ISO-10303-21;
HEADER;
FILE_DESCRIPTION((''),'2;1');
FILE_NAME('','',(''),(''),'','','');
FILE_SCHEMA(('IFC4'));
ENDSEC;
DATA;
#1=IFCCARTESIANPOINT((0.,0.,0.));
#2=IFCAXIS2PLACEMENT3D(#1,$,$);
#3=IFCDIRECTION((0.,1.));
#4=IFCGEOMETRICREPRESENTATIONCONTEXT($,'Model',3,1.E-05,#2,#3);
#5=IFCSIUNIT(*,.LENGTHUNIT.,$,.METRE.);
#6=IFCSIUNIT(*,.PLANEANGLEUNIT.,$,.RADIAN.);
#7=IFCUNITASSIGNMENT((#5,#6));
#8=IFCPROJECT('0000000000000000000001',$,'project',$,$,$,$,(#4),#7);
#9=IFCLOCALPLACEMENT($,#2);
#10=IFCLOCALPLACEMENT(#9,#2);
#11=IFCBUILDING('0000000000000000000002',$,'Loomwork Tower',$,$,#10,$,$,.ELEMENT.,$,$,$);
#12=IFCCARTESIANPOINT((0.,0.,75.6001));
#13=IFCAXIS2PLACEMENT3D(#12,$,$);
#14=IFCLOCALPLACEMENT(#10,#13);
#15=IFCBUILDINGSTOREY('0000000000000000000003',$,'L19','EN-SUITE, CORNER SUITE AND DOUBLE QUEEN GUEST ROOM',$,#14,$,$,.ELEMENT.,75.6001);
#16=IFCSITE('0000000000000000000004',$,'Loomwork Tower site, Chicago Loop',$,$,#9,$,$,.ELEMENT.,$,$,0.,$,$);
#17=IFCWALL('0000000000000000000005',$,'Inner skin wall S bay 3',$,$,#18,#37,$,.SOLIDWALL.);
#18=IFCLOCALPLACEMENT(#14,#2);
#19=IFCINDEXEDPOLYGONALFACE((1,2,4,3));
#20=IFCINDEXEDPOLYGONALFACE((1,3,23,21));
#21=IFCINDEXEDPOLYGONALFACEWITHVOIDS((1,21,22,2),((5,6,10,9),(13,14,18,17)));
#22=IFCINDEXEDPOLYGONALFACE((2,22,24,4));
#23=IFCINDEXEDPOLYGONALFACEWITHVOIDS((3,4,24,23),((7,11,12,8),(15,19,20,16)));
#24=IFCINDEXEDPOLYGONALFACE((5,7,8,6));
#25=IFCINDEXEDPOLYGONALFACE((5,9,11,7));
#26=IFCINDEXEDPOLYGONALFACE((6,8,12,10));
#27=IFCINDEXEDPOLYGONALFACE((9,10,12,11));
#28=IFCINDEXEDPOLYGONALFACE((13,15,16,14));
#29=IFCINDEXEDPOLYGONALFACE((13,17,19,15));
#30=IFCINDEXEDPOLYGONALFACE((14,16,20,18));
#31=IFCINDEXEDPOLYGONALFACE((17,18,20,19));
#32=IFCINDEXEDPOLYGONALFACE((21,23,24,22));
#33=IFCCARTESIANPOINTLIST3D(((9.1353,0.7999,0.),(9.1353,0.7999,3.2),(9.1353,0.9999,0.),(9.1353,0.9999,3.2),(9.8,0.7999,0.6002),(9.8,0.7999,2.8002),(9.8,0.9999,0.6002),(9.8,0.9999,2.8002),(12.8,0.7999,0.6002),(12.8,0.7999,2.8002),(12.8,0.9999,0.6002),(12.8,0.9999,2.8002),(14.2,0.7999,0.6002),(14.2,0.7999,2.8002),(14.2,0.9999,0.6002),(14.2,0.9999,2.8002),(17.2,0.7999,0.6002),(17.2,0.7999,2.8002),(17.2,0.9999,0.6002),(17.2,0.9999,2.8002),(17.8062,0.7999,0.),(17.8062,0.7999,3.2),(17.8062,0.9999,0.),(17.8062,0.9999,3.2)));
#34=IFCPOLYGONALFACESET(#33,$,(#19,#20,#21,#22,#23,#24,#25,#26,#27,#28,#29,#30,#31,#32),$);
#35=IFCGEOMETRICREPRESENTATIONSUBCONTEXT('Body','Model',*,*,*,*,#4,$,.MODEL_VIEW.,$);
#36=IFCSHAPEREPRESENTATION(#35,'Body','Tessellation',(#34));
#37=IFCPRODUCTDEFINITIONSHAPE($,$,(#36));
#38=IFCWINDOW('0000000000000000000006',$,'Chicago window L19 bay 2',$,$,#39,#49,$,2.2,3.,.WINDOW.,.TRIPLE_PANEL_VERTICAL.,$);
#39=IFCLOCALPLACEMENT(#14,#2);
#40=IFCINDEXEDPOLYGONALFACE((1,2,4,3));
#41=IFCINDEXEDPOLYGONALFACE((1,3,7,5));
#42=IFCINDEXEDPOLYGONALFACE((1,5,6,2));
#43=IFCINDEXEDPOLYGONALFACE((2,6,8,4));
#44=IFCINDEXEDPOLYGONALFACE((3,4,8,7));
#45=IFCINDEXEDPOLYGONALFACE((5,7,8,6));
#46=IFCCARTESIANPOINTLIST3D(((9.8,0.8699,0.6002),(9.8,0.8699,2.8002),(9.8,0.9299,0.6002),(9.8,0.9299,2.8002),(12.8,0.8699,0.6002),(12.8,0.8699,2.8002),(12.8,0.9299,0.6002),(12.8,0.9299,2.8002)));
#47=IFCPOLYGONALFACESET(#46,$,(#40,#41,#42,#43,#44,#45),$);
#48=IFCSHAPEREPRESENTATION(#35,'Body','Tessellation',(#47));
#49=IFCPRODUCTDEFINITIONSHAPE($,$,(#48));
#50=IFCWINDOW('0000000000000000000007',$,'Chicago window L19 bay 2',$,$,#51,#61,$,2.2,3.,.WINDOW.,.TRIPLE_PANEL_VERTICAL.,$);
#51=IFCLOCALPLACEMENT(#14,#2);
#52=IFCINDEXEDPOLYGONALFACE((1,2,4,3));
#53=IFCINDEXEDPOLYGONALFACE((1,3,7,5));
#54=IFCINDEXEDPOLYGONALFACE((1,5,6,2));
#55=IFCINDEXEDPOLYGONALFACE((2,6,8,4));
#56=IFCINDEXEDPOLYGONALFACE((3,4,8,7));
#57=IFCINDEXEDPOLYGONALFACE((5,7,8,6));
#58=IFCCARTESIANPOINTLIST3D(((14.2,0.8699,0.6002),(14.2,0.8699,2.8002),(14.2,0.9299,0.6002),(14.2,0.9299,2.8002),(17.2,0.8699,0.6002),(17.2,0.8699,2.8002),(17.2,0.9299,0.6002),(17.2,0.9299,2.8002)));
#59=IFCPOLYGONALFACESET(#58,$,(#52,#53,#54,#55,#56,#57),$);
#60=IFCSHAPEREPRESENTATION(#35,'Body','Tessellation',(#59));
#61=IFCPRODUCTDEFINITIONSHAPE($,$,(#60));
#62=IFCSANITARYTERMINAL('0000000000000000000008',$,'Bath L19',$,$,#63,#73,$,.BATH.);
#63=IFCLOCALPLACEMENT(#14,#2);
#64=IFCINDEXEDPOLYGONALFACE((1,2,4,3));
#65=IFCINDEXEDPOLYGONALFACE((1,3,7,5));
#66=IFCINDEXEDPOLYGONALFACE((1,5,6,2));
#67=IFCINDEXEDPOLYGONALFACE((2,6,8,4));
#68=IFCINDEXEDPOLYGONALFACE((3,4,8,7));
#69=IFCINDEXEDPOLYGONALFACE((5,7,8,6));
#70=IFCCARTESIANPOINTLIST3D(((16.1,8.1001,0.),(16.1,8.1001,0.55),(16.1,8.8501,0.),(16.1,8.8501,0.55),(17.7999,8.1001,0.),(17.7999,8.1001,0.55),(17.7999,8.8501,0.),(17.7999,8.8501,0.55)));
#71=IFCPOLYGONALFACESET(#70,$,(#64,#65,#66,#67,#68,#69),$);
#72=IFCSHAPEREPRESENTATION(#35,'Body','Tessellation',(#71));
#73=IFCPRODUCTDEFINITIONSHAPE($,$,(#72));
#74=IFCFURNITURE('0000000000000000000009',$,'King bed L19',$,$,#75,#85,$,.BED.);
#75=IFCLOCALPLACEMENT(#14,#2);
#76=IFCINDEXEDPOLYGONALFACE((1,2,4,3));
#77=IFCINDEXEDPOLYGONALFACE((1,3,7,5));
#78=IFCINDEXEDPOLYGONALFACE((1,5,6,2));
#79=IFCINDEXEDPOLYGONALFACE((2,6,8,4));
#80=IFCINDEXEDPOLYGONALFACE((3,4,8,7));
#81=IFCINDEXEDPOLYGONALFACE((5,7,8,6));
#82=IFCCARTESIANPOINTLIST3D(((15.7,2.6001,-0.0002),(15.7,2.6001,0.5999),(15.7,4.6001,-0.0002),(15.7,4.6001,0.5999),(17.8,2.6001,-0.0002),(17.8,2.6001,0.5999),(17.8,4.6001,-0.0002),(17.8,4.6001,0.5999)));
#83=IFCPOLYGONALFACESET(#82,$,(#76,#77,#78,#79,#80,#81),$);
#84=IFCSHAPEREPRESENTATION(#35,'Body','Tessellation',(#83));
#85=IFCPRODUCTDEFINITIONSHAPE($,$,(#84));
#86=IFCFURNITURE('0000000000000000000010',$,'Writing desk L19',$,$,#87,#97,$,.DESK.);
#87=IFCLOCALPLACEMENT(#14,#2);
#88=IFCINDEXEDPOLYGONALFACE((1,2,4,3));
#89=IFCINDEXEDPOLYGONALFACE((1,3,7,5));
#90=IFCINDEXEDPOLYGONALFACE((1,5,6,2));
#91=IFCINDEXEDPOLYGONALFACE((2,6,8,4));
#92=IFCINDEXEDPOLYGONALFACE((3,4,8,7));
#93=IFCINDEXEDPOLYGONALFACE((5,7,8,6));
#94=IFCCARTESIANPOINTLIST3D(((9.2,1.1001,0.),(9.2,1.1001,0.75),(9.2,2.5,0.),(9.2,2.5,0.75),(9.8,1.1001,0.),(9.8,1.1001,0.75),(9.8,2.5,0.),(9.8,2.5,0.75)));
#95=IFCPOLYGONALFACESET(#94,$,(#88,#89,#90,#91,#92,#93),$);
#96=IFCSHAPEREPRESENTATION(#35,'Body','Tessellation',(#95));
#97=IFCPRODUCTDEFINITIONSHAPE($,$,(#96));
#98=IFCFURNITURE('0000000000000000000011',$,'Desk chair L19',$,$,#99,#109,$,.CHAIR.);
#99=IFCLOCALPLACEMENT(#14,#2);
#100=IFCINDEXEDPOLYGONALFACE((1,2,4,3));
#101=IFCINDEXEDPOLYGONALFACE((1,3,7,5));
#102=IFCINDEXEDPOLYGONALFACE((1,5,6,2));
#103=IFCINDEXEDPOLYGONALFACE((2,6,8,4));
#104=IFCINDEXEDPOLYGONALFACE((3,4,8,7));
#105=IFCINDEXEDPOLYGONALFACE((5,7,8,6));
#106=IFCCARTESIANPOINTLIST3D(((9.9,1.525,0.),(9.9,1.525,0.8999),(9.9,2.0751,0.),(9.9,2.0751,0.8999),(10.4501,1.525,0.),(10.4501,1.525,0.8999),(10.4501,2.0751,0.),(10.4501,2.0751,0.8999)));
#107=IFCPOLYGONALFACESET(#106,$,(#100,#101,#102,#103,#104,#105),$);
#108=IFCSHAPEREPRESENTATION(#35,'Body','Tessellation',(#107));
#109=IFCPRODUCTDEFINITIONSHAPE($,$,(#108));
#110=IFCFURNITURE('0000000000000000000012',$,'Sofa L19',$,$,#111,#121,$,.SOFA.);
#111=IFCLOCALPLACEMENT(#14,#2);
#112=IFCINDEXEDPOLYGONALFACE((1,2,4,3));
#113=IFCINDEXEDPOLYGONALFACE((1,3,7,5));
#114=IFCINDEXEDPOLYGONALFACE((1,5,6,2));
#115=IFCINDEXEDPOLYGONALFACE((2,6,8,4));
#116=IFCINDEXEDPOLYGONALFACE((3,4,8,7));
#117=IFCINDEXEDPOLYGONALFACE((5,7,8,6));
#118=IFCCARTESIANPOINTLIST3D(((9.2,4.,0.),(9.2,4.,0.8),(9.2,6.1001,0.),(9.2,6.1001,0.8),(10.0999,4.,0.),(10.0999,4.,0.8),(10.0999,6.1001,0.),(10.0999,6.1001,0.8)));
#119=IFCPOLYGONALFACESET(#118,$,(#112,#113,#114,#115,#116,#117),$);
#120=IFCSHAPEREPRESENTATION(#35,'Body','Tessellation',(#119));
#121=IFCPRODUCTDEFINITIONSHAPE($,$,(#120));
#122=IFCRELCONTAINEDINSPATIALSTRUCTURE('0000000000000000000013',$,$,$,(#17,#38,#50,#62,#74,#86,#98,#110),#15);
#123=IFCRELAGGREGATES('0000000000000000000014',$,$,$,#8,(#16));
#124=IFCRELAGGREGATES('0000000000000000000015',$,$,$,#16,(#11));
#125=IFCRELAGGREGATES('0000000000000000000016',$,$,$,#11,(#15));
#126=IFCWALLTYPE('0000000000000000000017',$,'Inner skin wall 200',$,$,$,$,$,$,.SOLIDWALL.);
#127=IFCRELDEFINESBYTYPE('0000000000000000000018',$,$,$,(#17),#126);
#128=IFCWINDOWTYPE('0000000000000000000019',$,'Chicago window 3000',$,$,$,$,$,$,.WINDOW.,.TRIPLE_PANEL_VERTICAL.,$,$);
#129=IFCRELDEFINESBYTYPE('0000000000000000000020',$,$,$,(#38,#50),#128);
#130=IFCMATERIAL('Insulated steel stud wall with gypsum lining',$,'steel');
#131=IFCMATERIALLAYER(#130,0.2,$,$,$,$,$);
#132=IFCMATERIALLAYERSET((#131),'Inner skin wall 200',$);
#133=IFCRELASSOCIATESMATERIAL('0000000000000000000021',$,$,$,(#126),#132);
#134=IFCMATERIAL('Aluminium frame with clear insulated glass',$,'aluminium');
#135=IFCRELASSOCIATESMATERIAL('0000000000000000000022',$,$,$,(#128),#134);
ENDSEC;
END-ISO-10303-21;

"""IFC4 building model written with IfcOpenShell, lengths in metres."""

from ifc_helpers import new_model, si_unit, direction, frame, frame_2d, origin, origin_2d, place, context, subcontext, project, spatial, rectangle, extrude, material, layer, layer_set, type_object, element, fill, save


model = new_model("IFC4")

# Units and contexts
model_context = context("Model", 3, precision=1e-05, world=origin(), true_north=direction((0.0, 1.0)))
body_context = subcontext(model_context, "Body", "Model", "MODEL_VIEW")
ifc_project = project(units=[si_unit("LENGTHUNIT", "METRE"), si_unit("PLANEANGLEUNIT", "RADIAN")], contexts=[model_context])

# Site, building, storey
site_placement = place(None, origin())
site = spatial("IfcSite", under=ifc_project, at=site_placement, Name="Loomwork Tower site, Chicago Loop", CompositionType="ELEMENT", RefElevation=0.0)
building_placement = place(site_placement, origin())
building = spatial("IfcBuilding", under=site, at=building_placement, Name="Loomwork Tower", CompositionType="ELEMENT")
storey_placement = place(building_placement, frame((0.0, 0.0, 75.6001)))
storey = spatial("IfcBuildingStorey", under=building, at=storey_placement, Name="L19", Description="EN-SUITE, CORNER SUITE AND DOUBLE QUEEN GUEST ROOM", CompositionType="ELEMENT", Elevation=75.6001)

# Wall, openings, windows
ifc_material_1 = material(Name="Insulated steel stud wall with gypsum lining", Category="steel")
ifc_layer_1 = layer(ifc_material_1, 0.2)
ifc_layer_set_1 = layer_set([ifc_layer_1], Name="Inner skin wall 200")
wall_type_1 = type_object("IfcWallType", Name="Inner skin wall 200", PredefinedType="SOLIDWALL", material=ifc_layer_set_1)
wall_1_placement = place(storey_placement, frame((9.1353, 0.8999, 0.0), z_axis=(0.0, 0.0, 1.0), x_axis=(1.0, 0.0, 0.0)))
wall_1 = element("IfcWall", 1, at=wall_1_placement, inside=storey, type_object=wall_type_1, Name="Inner skin wall S bay 3", PredefinedType="SOLIDWALL", context=body_context, shape_type="SweptSolid", body=[
    extrude(rectangle(XDim=8.6709, YDim=0.2, at=frame_2d((4.3354, 0.0))), origin(), (0.0, 0.0, 1.0), 3.2),
])
opening_1_placement = place(wall_1_placement, frame((0.6648, 0.0, 0.6001)))
opening_1 = element("IfcOpeningElement", 2, at=opening_1_placement, cuts=wall_1, PredefinedType="OPENING", context=body_context, shape_type="SweptSolid", body=[
    extrude(rectangle(XDim=3.0, YDim=2.2, at=frame_2d((1.5, 1.1001))), frame((0.0, 0.1099, 0.0), z_axis=(0.0, -1.0, 0.0), x_axis=(1.0, 0.0, 0.0)), (0.0, 0.0, 1.0), 0.22),
])
opening_2_placement = place(wall_1_placement, frame((5.0647, 0.0, 0.6001)))
opening_2 = element("IfcOpeningElement", 3, at=opening_2_placement, cuts=wall_1, PredefinedType="OPENING", context=body_context, shape_type="SweptSolid", body=[
    extrude(rectangle(XDim=3.0, YDim=2.2, at=frame_2d((1.5, 1.1001))), frame((0.0, 0.1099, 0.0), z_axis=(0.0, -1.0, 0.0), x_axis=(1.0, 0.0, 0.0)), (0.0, 0.0, 1.0), 0.22),
])
ifc_material_2 = material(Name="Aluminium frame with clear insulated glass", Category="aluminium")
window_type = type_object("IfcWindowType", Name="Chicago window 3000", PartitioningType="TRIPLE_PANEL_VERTICAL", PredefinedType="WINDOW", material=ifc_material_2)
window_1_placement = place(opening_1_placement, origin())
window_1 = element("IfcWindow", 4, at=window_1_placement, inside=storey, type_object=window_type, Name="Chicago window L19 bay 2", OverallHeight=2.2, OverallWidth=3.0, PartitioningType="TRIPLE_PANEL_VERTICAL", PredefinedType="WINDOW", context=body_context, shape_type="SweptSolid", body=[
    extrude(rectangle(XDim=3.0, YDim=2.2, at=frame_2d((1.5, 1.1001))), frame((0.0, 0.03, 0.0), z_axis=(0.0, -1.0, 0.0), x_axis=(1.0, 0.0, 0.0)), (0.0, 0.0, 1.0), 0.0601),
])
fill(opening_1, window_1)
window_2_placement = place(opening_2_placement, origin())
window_2 = element("IfcWindow", 5, at=window_2_placement, inside=storey, type_object=window_type, Name="Chicago window L19 bay 2", OverallHeight=2.2, OverallWidth=3.0, PartitioningType="TRIPLE_PANEL_VERTICAL", PredefinedType="WINDOW", context=body_context, shape_type="SweptSolid", body=[
    extrude(rectangle(XDim=3.0, YDim=2.2, at=frame_2d((1.5, 1.1001))), frame((0.0, 0.03, 0.0), z_axis=(0.0, -1.0, 0.0), x_axis=(1.0, 0.0, 0.0)), (0.0, 0.0, 1.0), 0.0601),
])
fill(opening_2, window_2)

# Sanitary terminal
sanitary_terminal_placement = place(storey_placement, frame((16.95, 8.4751, 0.0), z_axis=(0.0, 0.0, 1.0), x_axis=(1.0, 0.0, 0.0)))
element("IfcSanitaryTerminal", 6, at=sanitary_terminal_placement, inside=storey, Name="Bath L19", PredefinedType="BATH", context=body_context, shape_type="SweptSolid", body=[
    extrude(rectangle(XDim=1.7, YDim=0.75, at=origin_2d()), origin(), (0.0, 0.0, 1.0), 0.55),
])

# Furniture
furniture_1_placement = place(storey_placement, frame((16.75, 3.6001, -0.0002), z_axis=(0.0, 0.0, 1.0), x_axis=(1.0, 0.0, 0.0)))
element("IfcFurniture", 7, at=furniture_1_placement, inside=storey, Name="King bed L19", PredefinedType="BED", context=body_context, shape_type="SweptSolid", body=[
    extrude(rectangle(XDim=2.1001, YDim=2.0, at=origin_2d()), origin(), (0.0, 0.0, 1.0), 0.6001),
])
furniture_2_placement = place(storey_placement, frame((9.5, 1.8, 0.0), z_axis=(0.0, 0.0, 1.0), x_axis=(1.0, 0.0, 0.0)))
element("IfcFurniture", 8, at=furniture_2_placement, inside=storey, Name="Writing desk L19", PredefinedType="DESK", context=body_context, shape_type="SweptSolid", body=[
    extrude(rectangle(XDim=0.6001, YDim=1.3999, at=origin_2d()), origin(), (0.0, 0.0, 1.0), 0.75),
])
furniture_3_placement = place(storey_placement, frame((10.175, 1.8, 0.0), z_axis=(0.0, 0.0, 1.0), x_axis=(1.0, 0.0, 0.0)))
element("IfcFurniture", 9, at=furniture_3_placement, inside=storey, Name="Desk chair L19", PredefinedType="CHAIR", context=body_context, shape_type="SweptSolid", body=[
    extrude(rectangle(XDim=0.55, YDim=0.55, at=origin_2d()), origin(), (0.0, 0.0, 1.0), 0.8999),
])
furniture_4_placement = place(storey_placement, frame((9.6499, 5.05, 0.0), z_axis=(0.0, 0.0, 1.0), x_axis=(1.0, 0.0, 0.0)))
element("IfcFurniture", 10, at=furniture_4_placement, inside=storey, Name="Sofa L19", PredefinedType="SOFA", context=body_context, shape_type="SweptSolid", body=[
    extrude(rectangle(XDim=0.8999, YDim=2.1001, at=origin_2d()), origin(), (0.0, 0.0, 1.0), 0.8),
])

save(model, "model.ifc")
